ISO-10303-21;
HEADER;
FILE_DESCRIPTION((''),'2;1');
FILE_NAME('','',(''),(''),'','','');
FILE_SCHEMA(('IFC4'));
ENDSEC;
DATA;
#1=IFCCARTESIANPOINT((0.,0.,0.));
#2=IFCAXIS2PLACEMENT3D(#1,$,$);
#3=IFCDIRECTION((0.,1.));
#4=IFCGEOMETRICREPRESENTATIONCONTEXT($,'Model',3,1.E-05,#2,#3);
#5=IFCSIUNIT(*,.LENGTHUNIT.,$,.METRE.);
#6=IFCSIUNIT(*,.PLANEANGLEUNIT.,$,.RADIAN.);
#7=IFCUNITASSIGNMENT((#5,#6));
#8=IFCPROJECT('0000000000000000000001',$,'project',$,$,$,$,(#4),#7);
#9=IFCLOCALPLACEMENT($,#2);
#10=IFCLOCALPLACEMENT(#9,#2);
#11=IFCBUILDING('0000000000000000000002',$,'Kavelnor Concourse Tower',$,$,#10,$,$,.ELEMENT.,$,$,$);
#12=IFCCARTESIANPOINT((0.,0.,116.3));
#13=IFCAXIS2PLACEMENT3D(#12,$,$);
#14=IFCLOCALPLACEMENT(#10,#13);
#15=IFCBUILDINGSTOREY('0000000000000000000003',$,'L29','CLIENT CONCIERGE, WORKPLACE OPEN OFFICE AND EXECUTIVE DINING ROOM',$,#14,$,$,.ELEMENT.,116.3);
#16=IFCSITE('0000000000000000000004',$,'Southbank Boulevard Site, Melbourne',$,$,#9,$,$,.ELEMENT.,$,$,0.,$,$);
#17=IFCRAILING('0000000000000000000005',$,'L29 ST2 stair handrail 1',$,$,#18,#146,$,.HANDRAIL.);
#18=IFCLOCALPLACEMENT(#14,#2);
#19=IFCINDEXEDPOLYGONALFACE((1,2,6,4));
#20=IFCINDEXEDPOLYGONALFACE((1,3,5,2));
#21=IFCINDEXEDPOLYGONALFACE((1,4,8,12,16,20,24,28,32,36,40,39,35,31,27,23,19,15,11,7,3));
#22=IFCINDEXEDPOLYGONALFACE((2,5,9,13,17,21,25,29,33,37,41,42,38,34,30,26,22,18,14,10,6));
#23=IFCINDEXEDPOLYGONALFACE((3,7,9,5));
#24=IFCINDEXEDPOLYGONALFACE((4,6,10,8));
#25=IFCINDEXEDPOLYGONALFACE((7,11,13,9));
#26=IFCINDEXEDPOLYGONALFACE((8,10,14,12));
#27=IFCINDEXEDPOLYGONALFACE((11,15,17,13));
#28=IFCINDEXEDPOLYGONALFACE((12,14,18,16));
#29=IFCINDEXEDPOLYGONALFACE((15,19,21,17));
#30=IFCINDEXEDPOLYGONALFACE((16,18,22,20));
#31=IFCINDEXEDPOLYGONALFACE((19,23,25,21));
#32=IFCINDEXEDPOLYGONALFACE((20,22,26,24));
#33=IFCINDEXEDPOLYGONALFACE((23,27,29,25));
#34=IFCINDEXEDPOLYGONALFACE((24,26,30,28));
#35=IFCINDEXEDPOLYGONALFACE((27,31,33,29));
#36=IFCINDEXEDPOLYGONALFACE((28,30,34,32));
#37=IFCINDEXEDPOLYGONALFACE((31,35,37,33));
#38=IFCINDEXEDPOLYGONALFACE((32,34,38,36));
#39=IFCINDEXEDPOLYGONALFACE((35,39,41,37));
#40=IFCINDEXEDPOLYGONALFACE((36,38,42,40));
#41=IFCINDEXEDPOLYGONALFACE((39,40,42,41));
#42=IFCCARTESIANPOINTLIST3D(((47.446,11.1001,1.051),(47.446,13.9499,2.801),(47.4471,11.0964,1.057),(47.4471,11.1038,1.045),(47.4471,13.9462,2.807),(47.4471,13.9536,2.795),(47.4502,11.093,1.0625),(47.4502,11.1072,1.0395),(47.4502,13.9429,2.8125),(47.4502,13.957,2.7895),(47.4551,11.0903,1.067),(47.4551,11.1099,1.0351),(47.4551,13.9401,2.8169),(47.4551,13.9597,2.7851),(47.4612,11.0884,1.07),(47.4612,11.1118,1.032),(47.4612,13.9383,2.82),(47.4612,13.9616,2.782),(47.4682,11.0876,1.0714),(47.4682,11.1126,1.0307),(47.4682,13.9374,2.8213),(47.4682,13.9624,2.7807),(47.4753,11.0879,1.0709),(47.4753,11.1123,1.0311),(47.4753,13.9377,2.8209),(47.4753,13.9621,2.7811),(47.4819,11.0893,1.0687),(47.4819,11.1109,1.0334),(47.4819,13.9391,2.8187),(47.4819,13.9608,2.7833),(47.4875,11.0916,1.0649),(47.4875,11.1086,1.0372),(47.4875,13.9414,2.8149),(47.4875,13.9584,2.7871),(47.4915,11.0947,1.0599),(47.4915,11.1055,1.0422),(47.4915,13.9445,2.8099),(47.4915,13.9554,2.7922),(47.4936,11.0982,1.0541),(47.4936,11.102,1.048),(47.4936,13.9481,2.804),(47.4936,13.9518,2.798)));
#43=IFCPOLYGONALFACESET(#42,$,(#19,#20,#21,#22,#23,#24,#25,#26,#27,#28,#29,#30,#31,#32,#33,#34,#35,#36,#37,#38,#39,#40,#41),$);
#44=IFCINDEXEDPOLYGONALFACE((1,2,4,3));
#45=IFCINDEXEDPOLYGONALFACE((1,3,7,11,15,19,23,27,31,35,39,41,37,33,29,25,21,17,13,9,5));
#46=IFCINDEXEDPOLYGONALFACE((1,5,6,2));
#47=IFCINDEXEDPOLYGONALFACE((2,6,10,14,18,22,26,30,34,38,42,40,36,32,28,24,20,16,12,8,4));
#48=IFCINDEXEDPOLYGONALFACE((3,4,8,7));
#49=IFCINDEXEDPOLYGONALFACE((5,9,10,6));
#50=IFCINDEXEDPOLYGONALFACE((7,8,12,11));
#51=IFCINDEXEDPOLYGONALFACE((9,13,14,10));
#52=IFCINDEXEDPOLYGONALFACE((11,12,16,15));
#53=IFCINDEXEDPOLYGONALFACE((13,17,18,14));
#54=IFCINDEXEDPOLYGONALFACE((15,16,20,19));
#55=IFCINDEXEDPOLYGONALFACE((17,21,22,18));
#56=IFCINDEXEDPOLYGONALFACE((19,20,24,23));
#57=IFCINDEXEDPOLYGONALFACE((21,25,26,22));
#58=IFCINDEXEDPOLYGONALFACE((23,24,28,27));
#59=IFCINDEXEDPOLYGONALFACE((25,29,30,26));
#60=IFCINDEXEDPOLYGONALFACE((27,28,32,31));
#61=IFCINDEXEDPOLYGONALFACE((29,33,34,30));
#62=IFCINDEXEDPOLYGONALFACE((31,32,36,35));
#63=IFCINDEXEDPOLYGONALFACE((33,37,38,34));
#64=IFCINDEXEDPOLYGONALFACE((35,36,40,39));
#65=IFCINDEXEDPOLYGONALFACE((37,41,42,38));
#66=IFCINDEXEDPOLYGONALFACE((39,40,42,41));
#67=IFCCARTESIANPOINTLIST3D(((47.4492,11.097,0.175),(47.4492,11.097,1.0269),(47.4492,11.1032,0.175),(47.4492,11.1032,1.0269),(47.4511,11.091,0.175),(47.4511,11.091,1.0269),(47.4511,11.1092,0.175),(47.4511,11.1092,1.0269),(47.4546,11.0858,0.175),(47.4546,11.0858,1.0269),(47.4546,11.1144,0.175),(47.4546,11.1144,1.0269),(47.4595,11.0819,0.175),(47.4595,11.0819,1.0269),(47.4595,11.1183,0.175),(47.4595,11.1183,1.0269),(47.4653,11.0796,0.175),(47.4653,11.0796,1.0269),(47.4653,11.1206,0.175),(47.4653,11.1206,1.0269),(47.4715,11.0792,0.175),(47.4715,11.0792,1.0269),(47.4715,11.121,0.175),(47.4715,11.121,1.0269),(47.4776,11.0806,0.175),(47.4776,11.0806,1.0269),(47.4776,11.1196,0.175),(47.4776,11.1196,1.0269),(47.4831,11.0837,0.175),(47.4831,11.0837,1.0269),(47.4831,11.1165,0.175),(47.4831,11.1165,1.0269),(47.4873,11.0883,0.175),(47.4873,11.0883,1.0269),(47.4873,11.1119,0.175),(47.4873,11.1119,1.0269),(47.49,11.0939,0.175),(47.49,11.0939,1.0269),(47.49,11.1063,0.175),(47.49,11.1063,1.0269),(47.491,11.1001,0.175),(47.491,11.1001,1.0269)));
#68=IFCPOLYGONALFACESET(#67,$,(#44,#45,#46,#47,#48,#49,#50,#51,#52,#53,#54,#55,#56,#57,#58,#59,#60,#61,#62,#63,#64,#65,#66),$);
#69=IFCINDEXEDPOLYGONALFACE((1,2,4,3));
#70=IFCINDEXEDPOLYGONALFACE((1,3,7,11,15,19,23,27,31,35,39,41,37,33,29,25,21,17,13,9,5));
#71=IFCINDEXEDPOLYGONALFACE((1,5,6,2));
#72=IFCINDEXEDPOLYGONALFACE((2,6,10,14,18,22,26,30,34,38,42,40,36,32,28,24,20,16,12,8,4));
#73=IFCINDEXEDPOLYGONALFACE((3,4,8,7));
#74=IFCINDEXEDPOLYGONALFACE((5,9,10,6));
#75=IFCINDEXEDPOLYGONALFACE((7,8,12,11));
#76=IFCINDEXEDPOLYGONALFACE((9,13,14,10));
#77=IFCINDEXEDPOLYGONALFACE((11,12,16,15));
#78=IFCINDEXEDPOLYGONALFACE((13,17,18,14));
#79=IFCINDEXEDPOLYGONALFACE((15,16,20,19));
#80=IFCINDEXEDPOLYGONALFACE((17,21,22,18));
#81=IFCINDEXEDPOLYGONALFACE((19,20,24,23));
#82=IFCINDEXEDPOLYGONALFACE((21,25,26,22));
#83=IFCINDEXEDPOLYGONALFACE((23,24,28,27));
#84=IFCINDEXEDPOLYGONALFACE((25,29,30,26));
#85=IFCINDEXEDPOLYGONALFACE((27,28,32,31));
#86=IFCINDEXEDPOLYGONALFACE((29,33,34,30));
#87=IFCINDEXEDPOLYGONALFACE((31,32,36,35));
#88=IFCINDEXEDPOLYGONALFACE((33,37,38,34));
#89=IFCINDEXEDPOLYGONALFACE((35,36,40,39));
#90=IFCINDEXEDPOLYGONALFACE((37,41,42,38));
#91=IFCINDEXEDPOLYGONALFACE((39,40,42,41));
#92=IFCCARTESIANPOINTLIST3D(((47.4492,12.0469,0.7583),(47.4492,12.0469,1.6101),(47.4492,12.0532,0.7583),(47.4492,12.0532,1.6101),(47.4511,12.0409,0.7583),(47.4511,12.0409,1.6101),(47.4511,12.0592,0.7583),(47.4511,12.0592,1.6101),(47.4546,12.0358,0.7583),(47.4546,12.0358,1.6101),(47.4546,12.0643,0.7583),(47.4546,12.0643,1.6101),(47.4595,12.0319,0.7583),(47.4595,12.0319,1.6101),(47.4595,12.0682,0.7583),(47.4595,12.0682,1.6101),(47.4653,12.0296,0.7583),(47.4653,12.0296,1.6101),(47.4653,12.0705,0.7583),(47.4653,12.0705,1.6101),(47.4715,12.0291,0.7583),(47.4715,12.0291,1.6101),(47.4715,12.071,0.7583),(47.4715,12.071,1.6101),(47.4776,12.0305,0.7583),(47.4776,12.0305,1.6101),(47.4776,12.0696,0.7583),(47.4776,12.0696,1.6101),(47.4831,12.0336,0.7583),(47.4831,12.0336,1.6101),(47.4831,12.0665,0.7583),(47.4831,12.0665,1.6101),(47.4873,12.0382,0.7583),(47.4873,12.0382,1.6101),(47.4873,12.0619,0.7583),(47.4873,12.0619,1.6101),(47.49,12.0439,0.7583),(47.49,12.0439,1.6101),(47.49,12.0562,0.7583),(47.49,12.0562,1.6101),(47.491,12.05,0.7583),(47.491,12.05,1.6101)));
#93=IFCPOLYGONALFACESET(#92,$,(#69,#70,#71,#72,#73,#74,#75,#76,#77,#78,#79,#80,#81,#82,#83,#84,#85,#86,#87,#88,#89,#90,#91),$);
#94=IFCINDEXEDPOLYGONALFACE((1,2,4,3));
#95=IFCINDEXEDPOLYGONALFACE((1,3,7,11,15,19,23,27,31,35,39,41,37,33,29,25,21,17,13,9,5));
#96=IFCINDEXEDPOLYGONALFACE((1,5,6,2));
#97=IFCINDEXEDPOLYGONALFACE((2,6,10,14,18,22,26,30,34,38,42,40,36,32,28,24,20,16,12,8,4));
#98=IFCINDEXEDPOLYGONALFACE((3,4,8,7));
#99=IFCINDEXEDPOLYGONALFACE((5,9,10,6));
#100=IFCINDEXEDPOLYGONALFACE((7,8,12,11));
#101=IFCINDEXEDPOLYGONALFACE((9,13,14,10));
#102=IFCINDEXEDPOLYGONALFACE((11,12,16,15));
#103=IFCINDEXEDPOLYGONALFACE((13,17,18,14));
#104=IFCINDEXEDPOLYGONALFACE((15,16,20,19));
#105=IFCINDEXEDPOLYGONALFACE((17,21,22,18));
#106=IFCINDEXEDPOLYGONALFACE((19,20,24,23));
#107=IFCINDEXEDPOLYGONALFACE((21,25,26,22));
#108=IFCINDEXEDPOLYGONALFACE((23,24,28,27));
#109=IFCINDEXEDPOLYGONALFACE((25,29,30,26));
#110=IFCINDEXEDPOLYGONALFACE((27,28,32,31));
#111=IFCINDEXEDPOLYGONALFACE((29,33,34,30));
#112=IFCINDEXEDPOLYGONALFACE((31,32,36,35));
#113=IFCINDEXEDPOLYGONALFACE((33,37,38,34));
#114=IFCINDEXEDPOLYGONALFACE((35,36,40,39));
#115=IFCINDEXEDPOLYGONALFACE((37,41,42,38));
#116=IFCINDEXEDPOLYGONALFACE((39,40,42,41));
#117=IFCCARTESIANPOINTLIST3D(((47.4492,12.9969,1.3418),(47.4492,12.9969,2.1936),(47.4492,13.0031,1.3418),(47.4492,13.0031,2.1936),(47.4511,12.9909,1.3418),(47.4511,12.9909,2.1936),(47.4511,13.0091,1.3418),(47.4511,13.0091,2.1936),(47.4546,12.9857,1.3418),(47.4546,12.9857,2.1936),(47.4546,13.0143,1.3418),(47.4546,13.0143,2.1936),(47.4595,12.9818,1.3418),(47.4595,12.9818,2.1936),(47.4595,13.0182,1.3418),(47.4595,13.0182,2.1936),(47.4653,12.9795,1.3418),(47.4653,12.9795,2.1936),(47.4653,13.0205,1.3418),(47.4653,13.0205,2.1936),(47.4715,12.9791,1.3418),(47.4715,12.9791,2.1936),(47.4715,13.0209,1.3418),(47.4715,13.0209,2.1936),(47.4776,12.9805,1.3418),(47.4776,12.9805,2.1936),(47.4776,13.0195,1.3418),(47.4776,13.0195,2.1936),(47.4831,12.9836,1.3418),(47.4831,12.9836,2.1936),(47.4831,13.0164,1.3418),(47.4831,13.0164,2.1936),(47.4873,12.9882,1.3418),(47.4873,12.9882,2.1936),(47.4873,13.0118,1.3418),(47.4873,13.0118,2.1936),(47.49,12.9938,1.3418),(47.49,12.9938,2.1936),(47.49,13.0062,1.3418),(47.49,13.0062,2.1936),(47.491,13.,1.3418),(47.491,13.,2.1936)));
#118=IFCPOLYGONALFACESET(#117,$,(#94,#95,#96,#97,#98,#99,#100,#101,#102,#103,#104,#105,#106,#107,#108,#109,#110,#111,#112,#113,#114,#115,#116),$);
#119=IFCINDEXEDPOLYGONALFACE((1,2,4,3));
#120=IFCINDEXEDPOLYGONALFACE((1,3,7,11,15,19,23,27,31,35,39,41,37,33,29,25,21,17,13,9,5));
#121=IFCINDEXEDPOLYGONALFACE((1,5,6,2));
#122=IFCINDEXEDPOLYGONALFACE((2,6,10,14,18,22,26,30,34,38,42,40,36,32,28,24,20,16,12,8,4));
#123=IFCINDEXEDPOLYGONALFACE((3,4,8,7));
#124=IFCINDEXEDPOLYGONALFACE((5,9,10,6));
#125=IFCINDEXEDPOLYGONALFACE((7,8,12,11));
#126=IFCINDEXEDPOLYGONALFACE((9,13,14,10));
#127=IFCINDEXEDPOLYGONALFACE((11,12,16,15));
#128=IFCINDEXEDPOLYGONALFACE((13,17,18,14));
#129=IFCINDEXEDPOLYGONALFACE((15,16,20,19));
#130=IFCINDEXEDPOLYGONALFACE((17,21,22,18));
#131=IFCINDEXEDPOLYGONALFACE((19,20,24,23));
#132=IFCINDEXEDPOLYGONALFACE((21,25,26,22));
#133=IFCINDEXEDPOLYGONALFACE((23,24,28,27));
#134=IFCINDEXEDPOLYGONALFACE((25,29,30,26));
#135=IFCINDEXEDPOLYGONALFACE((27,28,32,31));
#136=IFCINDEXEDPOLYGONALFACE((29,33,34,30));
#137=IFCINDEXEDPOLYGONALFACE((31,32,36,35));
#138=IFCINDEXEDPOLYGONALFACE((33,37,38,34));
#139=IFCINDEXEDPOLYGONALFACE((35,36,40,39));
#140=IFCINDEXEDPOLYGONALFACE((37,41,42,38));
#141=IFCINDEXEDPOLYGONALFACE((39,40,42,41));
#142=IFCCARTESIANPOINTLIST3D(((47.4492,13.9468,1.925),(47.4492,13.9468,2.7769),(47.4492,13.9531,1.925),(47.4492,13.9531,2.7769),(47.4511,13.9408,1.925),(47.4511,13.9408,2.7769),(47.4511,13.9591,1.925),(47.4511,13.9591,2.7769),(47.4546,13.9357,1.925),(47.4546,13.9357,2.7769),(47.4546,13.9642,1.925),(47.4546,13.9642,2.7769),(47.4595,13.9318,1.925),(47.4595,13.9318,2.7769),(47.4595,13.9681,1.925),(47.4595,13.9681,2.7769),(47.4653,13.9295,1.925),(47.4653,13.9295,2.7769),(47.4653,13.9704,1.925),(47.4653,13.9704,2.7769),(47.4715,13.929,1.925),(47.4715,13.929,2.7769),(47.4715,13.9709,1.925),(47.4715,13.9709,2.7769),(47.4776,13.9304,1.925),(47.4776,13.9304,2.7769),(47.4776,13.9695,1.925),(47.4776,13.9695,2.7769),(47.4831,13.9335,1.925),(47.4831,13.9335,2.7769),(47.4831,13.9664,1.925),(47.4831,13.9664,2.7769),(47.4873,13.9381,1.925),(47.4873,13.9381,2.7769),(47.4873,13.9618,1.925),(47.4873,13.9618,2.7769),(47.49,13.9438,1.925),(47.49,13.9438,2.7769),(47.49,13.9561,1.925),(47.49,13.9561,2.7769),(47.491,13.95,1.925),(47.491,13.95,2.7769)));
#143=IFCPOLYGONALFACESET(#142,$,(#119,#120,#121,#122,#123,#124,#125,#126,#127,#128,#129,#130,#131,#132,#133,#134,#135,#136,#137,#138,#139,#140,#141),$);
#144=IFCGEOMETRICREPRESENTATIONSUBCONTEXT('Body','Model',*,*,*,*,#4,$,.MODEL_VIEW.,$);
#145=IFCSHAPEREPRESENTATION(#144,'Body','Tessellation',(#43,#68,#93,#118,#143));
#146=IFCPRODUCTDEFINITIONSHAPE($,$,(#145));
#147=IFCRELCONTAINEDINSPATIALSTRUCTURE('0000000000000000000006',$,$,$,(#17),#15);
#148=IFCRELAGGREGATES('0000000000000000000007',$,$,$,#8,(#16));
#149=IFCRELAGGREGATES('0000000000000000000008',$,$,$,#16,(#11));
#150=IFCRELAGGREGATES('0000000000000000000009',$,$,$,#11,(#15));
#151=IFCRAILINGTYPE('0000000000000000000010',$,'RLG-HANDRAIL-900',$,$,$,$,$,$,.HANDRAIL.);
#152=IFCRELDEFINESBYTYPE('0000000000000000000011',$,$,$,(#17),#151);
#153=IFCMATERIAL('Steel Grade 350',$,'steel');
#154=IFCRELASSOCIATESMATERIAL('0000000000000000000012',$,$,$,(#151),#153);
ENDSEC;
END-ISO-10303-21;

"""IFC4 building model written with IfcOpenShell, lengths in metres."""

from ifc_helpers import new_model, si_unit, direction, frame, origin, origin_2d, place, context, subcontext, project, spatial, circle, extrude, material, type_object, element, save


model = new_model("IFC4")

# Units and contexts
model_context = context("Model", 3, precision=1e-05, world=origin(), true_north=direction((0.0, 1.0)))
body_context = subcontext(model_context, "Body", "Model", "MODEL_VIEW")
ifc_project = project(units=[si_unit("LENGTHUNIT", "METRE"), si_unit("PLANEANGLEUNIT", "RADIAN")], contexts=[model_context])

# Site, building, storey
site_placement = place(None, origin())
site = spatial("IfcSite", under=ifc_project, at=site_placement, Name="Southbank Boulevard Site, Melbourne", CompositionType="ELEMENT", RefElevation=0.0)
building_placement = place(site_placement, origin())
building = spatial("IfcBuilding", under=site, at=building_placement, Name="Kavelnor Concourse Tower", CompositionType="ELEMENT")
storey_placement = place(building_placement, frame((0.0, 0.0, 116.3)))
storey = spatial("IfcBuildingStorey", under=building, at=storey_placement, Name="L29", Description="CLIENT CONCIERGE, WORKPLACE OPEN OFFICE AND EXECUTIVE DINING ROOM", CompositionType="ELEMENT", Elevation=116.3)

# Shared definitions
ifc_material_1 = material(Name="Steel Grade 350", Category="steel")

# Railing
railing_type_1 = type_object("IfcRailingType", Name="RLG-HANDRAIL-900", PredefinedType="HANDRAIL", material=ifc_material_1)
railing_1_placement = place(storey_placement, frame((47.47, 11.1001, 0.175)))
element("IfcRailing", 1, at=railing_1_placement, inside=storey, type_object=railing_type_1, Name="L29 ST2 stair handrail 1", PredefinedType="HANDRAIL", context=body_context, shape_type="SweptSolid", body=[
    extrude(circle(Radius=0.0239, at=origin_2d()), frame((0.0, 0.0, 0.876), z_axis=(0.0, 0.852159, 0.523283), x_axis=(-1.0, 0.0, 0.0)), (0.0, 0.0, 1.0), 3.3442),
    extrude(circle(Radius=0.021, at=origin_2d()), origin(), (0.0, 0.0, 1.0), 0.8518),
    extrude(circle(Radius=0.021, at=origin_2d()), frame((0.0, 0.95, 0.5833)), (0.0, 0.0, 1.0), 0.8518),
    extrude(circle(Radius=0.021, at=origin_2d()), frame((0.0, 1.8999, 1.1667)), (0.0, 0.0, 1.0), 0.8518),
    extrude(circle(Radius=0.021, at=origin_2d()), frame((0.0, 2.8499, 1.75)), (0.0, 0.0, 1.0), 0.8518),
])

save(model, "model.ifc")
